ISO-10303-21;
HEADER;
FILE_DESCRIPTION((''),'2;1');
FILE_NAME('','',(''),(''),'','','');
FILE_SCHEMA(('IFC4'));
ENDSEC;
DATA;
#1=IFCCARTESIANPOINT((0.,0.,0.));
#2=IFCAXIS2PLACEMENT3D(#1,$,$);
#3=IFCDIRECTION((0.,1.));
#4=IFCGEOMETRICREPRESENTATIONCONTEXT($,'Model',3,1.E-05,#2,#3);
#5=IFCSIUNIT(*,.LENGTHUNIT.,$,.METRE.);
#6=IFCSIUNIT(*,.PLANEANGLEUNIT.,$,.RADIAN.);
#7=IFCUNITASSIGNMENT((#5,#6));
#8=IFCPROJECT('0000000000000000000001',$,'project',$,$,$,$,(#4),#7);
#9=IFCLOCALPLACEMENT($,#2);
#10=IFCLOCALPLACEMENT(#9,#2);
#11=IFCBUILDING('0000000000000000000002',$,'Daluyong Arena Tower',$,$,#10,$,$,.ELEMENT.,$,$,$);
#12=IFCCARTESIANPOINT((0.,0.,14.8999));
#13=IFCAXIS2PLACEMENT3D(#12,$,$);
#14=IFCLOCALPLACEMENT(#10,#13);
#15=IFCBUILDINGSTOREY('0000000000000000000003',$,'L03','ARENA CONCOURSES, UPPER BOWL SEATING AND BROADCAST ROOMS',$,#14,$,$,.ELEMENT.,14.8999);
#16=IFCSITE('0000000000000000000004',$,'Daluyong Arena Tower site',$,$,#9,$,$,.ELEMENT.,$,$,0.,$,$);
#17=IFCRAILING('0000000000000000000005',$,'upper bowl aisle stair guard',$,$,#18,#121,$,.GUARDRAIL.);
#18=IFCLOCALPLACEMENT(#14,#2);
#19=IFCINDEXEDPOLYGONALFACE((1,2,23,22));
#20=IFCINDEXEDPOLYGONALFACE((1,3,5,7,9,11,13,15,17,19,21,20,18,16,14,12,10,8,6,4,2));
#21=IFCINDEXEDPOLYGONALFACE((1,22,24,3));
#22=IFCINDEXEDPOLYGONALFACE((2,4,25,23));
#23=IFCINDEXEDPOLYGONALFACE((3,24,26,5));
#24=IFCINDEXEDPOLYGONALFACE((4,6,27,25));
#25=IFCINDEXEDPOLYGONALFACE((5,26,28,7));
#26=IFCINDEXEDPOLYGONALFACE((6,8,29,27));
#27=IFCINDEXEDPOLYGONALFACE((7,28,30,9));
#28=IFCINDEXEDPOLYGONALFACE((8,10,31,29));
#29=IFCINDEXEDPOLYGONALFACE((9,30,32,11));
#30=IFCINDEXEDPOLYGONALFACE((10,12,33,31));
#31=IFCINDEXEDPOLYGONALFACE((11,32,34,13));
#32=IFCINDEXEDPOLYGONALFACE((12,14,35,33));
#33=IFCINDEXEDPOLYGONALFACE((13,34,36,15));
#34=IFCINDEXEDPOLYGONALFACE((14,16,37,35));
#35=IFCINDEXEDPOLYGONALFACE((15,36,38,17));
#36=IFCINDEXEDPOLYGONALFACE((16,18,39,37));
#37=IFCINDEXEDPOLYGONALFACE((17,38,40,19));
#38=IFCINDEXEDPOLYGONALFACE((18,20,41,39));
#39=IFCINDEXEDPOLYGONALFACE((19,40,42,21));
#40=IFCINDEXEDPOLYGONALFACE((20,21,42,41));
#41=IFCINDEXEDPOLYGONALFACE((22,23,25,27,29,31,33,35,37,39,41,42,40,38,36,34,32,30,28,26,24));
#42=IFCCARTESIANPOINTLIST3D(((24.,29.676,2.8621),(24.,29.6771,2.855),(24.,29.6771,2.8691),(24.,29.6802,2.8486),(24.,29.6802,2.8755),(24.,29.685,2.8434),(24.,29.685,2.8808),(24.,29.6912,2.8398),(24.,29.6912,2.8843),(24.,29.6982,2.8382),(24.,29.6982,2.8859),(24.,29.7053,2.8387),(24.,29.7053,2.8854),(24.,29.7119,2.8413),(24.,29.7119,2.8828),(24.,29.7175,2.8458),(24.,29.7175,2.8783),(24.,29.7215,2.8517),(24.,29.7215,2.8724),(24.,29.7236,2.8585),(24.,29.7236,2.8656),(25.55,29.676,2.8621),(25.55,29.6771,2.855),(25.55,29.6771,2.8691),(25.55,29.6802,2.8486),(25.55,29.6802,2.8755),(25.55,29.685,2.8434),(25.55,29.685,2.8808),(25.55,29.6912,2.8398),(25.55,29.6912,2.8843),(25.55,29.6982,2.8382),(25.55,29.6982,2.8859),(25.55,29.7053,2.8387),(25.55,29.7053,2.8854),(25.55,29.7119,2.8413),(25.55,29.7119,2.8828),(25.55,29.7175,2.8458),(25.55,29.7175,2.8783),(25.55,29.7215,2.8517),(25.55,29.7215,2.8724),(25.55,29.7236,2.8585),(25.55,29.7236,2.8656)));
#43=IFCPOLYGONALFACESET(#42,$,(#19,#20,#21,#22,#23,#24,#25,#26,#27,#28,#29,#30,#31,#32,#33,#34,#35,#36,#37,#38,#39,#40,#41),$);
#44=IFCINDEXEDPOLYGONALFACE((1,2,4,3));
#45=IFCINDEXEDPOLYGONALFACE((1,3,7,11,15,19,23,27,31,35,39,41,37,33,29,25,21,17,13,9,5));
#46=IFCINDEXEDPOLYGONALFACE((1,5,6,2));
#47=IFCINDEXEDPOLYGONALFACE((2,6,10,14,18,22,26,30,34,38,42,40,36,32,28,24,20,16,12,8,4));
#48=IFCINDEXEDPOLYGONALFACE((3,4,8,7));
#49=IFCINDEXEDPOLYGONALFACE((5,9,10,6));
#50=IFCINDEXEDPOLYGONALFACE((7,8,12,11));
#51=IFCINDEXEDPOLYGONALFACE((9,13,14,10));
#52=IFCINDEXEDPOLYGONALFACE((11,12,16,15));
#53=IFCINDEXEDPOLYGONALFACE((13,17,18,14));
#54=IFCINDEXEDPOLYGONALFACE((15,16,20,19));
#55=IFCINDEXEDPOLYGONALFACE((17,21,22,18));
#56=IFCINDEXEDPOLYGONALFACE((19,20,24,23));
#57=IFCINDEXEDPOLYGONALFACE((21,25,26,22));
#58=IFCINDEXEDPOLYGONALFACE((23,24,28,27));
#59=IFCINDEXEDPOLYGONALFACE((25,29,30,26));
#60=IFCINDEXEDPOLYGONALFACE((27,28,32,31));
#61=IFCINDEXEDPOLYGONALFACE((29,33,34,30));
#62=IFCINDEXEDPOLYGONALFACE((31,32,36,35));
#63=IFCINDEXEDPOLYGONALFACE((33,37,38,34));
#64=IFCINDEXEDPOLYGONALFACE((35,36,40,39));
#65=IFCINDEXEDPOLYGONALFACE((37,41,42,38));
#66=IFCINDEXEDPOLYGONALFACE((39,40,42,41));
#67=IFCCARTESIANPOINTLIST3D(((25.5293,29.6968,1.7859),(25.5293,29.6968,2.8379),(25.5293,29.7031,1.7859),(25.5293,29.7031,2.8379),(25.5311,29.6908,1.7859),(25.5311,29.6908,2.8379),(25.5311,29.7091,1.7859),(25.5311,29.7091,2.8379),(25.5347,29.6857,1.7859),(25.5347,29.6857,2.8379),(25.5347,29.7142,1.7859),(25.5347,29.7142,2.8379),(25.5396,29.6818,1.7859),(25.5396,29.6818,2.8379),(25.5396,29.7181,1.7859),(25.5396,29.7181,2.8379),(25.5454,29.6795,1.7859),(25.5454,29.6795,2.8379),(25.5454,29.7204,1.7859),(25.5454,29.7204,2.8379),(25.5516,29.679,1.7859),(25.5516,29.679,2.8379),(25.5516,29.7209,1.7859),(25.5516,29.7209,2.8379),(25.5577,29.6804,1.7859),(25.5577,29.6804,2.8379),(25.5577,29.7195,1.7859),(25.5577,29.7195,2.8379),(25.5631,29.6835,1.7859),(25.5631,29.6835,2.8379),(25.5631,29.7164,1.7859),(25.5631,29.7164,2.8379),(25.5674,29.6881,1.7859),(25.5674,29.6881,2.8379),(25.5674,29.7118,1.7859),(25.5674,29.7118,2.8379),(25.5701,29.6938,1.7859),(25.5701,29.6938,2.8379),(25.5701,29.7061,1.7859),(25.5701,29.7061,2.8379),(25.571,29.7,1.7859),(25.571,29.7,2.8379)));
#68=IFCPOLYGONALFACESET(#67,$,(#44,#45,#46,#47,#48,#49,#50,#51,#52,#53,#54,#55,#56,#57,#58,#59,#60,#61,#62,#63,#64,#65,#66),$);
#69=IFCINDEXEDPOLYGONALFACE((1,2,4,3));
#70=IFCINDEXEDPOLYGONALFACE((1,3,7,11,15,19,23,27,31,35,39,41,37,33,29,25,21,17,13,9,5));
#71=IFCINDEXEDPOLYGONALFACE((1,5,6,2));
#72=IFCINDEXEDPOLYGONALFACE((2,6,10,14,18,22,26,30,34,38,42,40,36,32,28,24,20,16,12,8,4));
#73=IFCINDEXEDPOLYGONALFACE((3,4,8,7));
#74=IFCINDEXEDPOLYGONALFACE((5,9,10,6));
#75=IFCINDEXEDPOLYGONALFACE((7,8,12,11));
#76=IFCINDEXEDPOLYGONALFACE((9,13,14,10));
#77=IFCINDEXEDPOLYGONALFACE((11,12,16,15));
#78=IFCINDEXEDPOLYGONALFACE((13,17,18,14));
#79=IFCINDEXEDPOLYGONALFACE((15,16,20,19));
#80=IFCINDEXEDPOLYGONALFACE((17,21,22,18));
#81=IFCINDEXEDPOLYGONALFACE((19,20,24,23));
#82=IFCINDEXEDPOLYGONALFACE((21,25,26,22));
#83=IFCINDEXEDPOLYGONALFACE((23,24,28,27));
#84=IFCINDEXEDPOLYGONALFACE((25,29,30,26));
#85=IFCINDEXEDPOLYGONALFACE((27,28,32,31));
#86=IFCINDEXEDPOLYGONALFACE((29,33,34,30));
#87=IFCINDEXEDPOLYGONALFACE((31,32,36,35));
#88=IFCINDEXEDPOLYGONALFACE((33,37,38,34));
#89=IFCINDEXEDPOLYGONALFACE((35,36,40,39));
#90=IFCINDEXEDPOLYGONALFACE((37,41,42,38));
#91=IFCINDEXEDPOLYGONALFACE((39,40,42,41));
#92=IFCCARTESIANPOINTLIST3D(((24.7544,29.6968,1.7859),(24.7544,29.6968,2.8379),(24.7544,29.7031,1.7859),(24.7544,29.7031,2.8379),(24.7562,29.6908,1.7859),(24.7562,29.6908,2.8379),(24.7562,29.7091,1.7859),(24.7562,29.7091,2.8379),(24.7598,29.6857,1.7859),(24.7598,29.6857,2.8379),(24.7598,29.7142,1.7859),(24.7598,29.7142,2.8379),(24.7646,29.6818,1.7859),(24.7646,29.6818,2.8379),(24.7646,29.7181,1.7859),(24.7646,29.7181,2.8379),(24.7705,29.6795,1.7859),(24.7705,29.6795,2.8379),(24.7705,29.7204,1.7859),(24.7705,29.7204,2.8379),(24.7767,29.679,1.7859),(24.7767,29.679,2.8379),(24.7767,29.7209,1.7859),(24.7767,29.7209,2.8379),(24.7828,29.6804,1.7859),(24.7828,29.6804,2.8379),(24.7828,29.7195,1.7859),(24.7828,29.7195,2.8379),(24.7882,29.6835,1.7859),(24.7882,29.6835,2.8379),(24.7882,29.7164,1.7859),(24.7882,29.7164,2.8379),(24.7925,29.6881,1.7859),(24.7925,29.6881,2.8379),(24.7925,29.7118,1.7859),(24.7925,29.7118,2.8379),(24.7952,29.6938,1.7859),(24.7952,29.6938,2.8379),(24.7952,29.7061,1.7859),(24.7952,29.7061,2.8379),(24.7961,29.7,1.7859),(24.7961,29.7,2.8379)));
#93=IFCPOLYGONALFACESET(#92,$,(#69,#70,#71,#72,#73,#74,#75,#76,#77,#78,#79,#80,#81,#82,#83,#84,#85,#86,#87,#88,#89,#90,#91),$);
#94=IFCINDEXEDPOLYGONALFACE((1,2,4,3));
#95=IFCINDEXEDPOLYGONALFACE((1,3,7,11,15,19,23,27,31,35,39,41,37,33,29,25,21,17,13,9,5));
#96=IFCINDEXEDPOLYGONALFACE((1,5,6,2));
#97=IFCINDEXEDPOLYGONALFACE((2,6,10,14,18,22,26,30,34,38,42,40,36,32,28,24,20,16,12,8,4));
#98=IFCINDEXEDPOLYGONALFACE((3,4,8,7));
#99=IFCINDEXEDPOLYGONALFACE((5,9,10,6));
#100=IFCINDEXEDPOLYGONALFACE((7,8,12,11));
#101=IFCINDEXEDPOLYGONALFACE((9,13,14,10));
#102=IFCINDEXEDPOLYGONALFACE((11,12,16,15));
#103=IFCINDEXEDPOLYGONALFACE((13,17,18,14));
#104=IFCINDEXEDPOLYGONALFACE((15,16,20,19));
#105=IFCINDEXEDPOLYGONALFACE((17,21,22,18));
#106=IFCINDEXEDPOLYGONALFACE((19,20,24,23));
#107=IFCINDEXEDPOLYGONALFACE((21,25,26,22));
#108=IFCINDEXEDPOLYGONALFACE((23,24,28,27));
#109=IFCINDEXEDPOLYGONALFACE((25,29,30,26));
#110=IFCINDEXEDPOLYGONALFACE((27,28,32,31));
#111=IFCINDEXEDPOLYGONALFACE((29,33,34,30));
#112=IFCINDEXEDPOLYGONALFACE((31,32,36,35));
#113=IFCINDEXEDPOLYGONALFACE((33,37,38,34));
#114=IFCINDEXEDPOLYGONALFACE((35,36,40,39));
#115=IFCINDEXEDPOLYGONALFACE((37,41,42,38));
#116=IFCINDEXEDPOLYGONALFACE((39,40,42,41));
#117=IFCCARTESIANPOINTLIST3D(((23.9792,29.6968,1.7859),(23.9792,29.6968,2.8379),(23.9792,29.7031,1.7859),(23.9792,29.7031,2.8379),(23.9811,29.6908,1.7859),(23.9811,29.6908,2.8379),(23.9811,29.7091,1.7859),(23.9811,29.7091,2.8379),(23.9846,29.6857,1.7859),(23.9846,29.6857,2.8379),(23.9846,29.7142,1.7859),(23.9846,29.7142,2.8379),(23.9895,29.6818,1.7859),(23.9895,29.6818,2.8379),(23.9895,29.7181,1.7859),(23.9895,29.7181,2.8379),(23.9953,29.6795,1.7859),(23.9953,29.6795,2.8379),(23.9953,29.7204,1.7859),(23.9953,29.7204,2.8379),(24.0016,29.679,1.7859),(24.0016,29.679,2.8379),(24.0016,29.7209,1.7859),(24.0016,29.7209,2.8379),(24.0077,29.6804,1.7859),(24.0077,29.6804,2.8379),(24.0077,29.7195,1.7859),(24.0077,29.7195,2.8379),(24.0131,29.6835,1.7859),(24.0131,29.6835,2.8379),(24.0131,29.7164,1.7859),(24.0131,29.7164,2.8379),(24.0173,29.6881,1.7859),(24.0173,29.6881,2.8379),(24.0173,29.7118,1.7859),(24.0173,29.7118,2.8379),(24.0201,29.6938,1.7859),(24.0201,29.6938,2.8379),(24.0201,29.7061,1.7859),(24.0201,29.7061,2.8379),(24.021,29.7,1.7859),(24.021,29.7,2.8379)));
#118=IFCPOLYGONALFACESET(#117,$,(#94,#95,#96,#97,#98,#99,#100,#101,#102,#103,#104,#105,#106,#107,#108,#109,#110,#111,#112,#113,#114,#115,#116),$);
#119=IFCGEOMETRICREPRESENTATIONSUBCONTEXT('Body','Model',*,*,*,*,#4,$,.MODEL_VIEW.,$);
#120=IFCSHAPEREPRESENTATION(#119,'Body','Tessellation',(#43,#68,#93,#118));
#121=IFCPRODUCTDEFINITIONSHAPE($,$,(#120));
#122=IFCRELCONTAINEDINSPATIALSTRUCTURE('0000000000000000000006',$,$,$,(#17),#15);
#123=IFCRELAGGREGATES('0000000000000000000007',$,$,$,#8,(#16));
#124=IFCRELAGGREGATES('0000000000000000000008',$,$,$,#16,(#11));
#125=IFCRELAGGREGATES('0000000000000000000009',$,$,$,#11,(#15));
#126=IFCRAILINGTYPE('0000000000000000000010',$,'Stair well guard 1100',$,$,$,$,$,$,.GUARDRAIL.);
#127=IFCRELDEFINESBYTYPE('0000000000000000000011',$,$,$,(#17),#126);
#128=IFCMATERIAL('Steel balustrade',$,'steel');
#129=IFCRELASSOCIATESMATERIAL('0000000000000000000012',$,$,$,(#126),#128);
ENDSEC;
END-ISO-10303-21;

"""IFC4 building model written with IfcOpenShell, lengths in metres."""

from ifc_helpers import new_model, si_unit, direction, frame, origin, origin_2d, place, context, subcontext, project, spatial, circle, extrude, material, type_object, element, save


model = new_model("IFC4")

# Units and contexts
model_context = context("Model", 3, precision=1e-05, world=origin(), true_north=direction((0.0, 1.0)))
body_context = subcontext(model_context, "Body", "Model", "MODEL_VIEW")
ifc_project = project(units=[si_unit("LENGTHUNIT", "METRE"), si_unit("PLANEANGLEUNIT", "RADIAN")], contexts=[model_context])

# Site, building, storey
site_placement = place(None, origin())
site = spatial("IfcSite", under=ifc_project, at=site_placement, Name="Daluyong Arena Tower site", CompositionType="ELEMENT", RefElevation=0.0)
building_placement = place(site_placement, origin())
building = spatial("IfcBuilding", under=site, at=building_placement, Name="Daluyong Arena Tower", CompositionType="ELEMENT")
storey_placement = place(building_placement, frame((0.0, 0.0, 14.8999)))
storey = spatial("IfcBuildingStorey", under=building, at=storey_placement, Name="L03", Description="ARENA CONCOURSES, UPPER BOWL SEATING AND BROADCAST ROOMS", CompositionType="ELEMENT", Elevation=14.8999)

# Railing
ifc_material_1 = material(Name="Steel balustrade", Category="steel")
railing_type_1 = type_object("IfcRailingType", Name="Stair well guard 1100", PredefinedType="GUARDRAIL", material=ifc_material_1)
railing_1_placement = place(storey_placement, frame((25.55, 29.7, 1.7859)))
element("IfcRailing", 1, at=railing_1_placement, inside=storey, type_object=railing_type_1, Name="upper bowl aisle stair guard", PredefinedType="GUARDRAIL", context=body_context, shape_type="SweptSolid", body=[
    extrude(circle(Radius=0.0239, at=origin_2d()), frame((0.0, 0.0, 1.0762), z_axis=(-1.0, 0.0, 0.0), x_axis=(0.0, -1.0, 0.0)), (0.0, 0.0, 1.0), 1.55),
    extrude(circle(Radius=0.021, at=origin_2d()), origin(), (0.0, 0.0, 1.0), 1.052),
    extrude(circle(Radius=0.021, at=origin_2d()), frame((-0.7749, 0.0, 0.0)), (0.0, 0.0, 1.0), 1.052),
    extrude(circle(Radius=0.021, at=origin_2d()), frame((-1.55, 0.0, 0.0)), (0.0, 0.0, 1.0), 1.052),
])

save(model, "model.ifc")
